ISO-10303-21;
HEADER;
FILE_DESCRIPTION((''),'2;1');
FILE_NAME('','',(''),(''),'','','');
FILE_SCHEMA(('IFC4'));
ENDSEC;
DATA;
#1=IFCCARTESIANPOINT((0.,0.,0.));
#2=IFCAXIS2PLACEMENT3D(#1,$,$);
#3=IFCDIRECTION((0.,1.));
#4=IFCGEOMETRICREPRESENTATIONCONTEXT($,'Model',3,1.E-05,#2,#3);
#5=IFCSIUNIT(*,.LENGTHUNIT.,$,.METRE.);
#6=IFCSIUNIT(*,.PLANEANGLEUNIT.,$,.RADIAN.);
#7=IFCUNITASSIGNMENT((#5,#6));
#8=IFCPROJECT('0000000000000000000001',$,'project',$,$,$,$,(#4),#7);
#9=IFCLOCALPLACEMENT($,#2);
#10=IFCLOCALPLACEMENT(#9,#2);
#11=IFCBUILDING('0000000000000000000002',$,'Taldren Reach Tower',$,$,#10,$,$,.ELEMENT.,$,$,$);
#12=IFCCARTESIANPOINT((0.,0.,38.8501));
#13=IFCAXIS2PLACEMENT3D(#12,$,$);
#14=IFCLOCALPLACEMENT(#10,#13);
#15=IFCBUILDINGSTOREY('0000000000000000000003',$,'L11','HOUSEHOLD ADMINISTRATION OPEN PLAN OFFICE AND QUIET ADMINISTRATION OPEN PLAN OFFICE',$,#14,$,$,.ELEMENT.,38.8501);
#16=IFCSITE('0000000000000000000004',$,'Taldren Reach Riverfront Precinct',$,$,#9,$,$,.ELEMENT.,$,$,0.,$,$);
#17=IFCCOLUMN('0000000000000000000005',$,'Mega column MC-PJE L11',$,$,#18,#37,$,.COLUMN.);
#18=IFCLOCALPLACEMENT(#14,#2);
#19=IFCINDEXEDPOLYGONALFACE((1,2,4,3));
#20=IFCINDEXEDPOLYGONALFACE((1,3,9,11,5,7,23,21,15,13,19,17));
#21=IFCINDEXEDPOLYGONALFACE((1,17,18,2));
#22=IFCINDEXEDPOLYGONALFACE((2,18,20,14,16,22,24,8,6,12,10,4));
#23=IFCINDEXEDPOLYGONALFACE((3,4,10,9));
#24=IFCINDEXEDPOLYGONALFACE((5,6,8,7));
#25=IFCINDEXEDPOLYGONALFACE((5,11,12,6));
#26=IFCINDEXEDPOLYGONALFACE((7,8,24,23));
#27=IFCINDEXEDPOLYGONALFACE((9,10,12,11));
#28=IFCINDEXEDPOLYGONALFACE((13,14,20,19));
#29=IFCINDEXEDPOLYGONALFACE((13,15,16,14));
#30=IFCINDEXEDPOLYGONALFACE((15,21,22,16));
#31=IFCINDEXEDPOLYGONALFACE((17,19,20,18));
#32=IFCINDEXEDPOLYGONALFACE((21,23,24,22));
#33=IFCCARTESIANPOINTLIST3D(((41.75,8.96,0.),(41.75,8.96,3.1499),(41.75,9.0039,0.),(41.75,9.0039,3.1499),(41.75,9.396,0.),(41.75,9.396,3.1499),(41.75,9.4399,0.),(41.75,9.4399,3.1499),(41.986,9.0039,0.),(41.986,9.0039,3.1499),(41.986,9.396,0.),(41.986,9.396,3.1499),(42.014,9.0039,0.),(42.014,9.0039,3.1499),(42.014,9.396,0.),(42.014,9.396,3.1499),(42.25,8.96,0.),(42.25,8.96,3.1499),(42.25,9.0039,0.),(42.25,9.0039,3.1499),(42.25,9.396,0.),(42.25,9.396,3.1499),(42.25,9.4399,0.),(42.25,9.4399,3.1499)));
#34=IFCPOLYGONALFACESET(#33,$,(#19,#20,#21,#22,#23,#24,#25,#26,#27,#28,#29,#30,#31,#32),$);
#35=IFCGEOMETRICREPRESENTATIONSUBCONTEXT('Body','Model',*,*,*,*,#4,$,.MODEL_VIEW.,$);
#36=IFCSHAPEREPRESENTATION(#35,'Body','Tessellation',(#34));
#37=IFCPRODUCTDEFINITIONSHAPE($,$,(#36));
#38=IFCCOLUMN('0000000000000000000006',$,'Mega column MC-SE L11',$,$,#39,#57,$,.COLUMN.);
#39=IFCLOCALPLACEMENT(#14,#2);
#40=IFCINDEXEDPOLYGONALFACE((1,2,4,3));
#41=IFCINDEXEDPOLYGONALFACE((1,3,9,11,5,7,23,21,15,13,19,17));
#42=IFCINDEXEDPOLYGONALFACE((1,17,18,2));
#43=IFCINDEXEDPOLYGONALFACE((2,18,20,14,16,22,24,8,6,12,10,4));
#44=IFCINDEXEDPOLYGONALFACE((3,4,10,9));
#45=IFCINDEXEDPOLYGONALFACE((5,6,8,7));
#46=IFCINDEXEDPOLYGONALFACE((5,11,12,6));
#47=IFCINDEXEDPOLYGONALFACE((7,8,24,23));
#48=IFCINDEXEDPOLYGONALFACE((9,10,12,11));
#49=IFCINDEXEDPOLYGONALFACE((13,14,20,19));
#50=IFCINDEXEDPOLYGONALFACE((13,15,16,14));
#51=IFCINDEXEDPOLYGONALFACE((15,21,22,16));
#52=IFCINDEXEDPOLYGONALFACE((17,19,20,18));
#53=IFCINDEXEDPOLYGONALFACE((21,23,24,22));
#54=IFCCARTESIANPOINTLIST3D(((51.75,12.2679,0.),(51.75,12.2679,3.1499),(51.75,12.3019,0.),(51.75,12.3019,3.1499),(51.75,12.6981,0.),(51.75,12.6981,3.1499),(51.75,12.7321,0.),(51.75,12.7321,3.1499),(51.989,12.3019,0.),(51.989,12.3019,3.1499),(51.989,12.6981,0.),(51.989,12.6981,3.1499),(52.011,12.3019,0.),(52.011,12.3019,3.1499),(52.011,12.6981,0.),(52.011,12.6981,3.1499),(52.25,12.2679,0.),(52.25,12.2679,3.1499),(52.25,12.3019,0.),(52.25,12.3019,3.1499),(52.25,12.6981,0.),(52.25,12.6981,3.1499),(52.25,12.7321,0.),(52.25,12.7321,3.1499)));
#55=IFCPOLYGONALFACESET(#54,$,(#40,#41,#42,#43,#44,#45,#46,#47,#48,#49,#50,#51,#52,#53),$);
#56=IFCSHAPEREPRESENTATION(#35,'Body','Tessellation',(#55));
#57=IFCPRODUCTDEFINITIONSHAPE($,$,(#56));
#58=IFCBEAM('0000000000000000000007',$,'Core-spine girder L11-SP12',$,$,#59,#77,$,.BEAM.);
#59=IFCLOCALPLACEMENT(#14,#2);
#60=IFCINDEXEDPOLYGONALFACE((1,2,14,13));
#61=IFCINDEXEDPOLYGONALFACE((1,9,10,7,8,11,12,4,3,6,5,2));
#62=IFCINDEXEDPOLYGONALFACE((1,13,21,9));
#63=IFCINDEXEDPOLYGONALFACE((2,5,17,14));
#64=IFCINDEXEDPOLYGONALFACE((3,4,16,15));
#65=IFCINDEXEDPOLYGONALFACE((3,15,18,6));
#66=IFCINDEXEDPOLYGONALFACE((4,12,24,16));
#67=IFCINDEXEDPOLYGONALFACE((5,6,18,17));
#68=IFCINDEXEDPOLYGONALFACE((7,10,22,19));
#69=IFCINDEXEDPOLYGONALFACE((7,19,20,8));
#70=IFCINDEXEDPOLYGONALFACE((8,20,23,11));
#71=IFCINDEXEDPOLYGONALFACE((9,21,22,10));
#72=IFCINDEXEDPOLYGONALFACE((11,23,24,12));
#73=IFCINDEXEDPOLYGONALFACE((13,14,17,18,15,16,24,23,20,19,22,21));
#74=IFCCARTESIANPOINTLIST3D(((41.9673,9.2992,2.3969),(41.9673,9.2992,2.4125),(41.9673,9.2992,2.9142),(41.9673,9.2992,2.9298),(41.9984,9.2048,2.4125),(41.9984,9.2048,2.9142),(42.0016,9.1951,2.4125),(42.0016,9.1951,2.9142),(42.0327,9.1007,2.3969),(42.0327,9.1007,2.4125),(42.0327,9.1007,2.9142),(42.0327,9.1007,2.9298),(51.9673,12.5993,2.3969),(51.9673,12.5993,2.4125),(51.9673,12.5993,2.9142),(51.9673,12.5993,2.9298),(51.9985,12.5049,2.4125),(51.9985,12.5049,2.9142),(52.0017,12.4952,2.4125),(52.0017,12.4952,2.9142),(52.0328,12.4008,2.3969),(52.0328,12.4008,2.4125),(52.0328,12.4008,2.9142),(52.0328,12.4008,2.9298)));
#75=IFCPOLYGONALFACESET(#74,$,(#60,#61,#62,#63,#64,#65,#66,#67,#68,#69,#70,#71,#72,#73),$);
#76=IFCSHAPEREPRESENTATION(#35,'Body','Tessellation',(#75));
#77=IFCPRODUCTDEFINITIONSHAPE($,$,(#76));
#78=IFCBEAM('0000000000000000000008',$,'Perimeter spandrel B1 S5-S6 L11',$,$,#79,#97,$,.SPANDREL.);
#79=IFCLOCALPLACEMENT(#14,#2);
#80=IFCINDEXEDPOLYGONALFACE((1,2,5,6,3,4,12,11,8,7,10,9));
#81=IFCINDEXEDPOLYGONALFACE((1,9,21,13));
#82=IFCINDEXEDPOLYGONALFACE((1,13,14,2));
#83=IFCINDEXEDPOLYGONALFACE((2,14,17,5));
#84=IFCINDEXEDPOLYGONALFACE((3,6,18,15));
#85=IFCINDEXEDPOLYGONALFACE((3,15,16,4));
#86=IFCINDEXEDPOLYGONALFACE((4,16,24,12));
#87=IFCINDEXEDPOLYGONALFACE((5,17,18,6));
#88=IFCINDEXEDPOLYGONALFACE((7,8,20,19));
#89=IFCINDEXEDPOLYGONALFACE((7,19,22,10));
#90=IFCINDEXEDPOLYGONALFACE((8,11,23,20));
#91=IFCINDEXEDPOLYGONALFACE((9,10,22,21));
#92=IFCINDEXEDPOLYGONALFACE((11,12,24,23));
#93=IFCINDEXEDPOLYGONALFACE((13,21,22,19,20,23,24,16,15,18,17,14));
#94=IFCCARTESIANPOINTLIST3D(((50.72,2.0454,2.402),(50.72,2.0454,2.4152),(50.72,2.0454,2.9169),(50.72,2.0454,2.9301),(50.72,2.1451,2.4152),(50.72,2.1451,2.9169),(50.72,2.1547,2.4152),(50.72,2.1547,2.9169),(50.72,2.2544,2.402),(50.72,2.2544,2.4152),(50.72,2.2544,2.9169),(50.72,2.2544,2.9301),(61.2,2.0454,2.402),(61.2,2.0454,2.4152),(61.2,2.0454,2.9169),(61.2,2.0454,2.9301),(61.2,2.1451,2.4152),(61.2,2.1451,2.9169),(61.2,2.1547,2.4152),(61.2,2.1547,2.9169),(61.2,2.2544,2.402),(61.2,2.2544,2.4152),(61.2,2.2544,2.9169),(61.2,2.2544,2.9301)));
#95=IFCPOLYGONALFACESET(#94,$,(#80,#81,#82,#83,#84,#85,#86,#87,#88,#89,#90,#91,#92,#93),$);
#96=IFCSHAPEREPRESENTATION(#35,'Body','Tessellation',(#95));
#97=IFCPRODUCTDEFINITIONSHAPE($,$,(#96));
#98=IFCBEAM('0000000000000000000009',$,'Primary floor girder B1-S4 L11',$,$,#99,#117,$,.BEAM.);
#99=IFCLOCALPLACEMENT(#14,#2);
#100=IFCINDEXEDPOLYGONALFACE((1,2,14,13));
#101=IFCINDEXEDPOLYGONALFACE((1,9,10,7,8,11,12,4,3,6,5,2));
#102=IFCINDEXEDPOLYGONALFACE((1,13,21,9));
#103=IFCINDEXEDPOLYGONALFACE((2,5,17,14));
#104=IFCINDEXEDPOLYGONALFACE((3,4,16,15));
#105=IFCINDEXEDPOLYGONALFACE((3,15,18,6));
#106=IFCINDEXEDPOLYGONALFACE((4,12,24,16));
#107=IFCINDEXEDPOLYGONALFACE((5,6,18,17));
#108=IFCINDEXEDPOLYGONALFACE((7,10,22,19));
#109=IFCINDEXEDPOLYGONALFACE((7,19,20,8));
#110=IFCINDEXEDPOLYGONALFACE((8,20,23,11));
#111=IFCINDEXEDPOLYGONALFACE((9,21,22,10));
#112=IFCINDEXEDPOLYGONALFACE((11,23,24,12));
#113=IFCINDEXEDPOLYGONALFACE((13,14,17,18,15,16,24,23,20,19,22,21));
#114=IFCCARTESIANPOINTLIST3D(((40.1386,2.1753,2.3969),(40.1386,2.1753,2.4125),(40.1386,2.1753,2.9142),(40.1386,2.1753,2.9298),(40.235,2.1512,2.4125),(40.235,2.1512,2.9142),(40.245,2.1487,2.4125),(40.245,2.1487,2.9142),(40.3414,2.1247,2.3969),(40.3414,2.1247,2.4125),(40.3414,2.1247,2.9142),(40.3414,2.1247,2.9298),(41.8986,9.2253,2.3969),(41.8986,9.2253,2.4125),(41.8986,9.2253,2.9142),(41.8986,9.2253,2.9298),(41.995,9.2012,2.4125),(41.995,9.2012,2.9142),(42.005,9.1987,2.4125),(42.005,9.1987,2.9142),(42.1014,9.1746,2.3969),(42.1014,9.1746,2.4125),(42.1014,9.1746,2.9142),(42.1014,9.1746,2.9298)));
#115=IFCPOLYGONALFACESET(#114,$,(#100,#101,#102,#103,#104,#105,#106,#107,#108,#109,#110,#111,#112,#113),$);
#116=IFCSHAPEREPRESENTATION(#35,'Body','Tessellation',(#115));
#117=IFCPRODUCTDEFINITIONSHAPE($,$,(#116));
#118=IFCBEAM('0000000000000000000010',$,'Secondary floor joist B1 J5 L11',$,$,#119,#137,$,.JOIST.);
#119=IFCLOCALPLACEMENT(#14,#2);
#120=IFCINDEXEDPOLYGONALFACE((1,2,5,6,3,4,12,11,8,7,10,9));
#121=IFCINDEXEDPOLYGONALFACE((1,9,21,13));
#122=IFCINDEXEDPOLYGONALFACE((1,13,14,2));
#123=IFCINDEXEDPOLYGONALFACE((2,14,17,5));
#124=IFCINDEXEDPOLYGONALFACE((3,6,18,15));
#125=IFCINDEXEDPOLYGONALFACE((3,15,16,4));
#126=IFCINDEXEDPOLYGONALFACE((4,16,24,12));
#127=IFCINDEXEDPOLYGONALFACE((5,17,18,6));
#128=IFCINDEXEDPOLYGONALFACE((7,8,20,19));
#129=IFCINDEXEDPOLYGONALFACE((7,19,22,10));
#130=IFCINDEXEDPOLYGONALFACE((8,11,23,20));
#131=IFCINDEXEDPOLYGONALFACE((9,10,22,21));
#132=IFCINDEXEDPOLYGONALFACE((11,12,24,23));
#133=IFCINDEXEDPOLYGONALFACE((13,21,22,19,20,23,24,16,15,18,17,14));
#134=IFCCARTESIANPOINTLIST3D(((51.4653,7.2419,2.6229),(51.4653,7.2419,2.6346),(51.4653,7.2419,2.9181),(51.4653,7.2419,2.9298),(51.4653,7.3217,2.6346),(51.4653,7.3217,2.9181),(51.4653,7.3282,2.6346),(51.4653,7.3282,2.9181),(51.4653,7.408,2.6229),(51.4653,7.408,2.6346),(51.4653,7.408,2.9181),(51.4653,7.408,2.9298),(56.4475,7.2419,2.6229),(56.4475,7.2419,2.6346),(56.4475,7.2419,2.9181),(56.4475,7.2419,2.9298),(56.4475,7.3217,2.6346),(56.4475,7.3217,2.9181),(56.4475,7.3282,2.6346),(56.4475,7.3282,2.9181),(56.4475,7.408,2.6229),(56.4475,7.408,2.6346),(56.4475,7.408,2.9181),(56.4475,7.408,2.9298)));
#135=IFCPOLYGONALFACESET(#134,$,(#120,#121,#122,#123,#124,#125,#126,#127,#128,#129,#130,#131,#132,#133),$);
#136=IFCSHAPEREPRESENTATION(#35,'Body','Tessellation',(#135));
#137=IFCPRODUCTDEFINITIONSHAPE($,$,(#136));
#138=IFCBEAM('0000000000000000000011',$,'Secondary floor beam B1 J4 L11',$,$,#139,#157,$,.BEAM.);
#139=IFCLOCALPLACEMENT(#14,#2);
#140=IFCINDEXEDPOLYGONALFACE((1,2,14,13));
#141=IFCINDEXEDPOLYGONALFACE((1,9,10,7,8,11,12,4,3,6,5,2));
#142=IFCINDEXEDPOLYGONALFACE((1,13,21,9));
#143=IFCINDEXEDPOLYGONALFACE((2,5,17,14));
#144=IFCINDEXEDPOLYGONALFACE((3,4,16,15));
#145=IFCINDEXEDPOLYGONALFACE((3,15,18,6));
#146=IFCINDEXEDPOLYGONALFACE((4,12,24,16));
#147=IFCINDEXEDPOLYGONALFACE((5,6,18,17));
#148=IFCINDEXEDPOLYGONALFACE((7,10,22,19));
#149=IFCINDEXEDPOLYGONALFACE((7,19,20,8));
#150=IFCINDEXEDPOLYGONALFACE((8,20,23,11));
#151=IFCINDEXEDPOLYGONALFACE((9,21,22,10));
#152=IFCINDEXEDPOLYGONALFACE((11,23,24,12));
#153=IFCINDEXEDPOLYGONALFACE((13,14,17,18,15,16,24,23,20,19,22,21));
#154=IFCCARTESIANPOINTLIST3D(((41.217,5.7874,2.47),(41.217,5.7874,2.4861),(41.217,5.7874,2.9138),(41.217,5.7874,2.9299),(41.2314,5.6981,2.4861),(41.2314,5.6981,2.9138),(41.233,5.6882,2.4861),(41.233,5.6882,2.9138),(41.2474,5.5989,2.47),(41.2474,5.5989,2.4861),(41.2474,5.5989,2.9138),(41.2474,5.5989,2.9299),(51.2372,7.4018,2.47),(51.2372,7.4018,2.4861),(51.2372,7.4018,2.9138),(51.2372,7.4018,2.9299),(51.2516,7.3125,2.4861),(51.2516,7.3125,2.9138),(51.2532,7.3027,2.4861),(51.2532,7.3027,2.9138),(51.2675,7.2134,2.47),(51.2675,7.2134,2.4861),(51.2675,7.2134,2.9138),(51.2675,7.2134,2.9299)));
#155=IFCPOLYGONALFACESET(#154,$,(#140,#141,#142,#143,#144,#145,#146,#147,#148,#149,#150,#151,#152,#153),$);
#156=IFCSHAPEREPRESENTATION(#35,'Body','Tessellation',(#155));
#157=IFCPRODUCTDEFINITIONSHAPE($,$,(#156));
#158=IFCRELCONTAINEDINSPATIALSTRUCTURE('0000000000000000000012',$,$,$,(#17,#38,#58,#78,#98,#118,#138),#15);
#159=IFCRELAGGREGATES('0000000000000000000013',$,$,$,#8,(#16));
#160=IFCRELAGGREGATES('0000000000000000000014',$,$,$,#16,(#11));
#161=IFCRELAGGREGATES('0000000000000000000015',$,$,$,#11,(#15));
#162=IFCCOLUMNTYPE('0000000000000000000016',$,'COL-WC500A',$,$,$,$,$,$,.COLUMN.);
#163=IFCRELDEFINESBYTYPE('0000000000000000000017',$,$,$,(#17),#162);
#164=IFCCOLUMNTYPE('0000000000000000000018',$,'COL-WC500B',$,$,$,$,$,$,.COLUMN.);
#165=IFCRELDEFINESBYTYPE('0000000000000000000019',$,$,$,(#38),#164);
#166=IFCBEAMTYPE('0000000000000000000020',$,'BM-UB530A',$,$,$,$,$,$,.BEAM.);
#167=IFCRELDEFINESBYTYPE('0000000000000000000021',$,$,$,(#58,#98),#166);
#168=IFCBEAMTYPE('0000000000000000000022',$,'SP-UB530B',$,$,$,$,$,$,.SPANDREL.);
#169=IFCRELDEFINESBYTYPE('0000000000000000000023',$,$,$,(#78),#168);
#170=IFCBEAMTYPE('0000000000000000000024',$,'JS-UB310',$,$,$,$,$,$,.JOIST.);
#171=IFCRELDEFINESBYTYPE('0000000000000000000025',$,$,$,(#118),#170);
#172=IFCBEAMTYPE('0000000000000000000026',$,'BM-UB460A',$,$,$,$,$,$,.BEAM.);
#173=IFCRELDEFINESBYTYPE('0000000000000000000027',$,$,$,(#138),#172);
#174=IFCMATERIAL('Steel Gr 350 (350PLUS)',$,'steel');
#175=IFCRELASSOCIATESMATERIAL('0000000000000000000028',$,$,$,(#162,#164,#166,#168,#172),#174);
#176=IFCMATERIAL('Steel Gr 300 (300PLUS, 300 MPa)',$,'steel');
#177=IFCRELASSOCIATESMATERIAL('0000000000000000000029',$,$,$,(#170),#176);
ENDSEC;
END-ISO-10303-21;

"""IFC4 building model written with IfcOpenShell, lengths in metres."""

from ifc_helpers import new_model, si_unit, direction, frame, origin, origin_2d, place, context, subcontext, project, spatial, i_section, extrude, source, transform, mapped, material, material_profile, profile_set, type_object, element, save


model = new_model("IFC4")

# Units and contexts
model_context = context("Model", 3, precision=1e-05, world=origin(), true_north=direction((0.0, 1.0)))
body_context = subcontext(model_context, "Body", "Model", "MODEL_VIEW")
ifc_project = project(units=[si_unit("LENGTHUNIT", "METRE"), si_unit("PLANEANGLEUNIT", "RADIAN")], contexts=[model_context])

# Site, building, storey
site_placement = place(None, origin())
site = spatial("IfcSite", under=ifc_project, at=site_placement, Name="Taldren Reach Riverfront Precinct", CompositionType="ELEMENT", RefElevation=0.0)
building_placement = place(site_placement, origin())
building = spatial("IfcBuilding", under=site, at=building_placement, Name="Taldren Reach Tower", CompositionType="ELEMENT")
storey_placement = place(building_placement, frame((0.0, 0.0, 38.8501)))
storey = spatial("IfcBuildingStorey", under=building, at=storey_placement, Name="L11", Description="HOUSEHOLD ADMINISTRATION OPEN PLAN OFFICE AND QUIET ADMINISTRATION OPEN PLAN OFFICE", CompositionType="ELEMENT", Elevation=38.8501)

# Columns
ifc_material_1 = material(Name="Steel Gr 350 (350PLUS)", Category="steel")
ifc_material_profile_1 = material_profile(ifc_material_1, i_section(OverallWidth=0.5, OverallDepth=0.48, WebThickness=0.0281, FlangeThickness=0.0439, at=origin_2d()), Name="500WC440")
ifc_profile_set_1 = profile_set([ifc_material_profile_1], Name="Steel Gr 350 (350PLUS)")
column_type_1 = type_object("IfcColumnType", Name="COL-WC500A", PredefinedType="COLUMN", material=ifc_profile_set_1)
shared_shape_1 = source(origin(), body_context, "Body", "SweptSolid", [
    extrude(i_section(OverallWidth=0.5, OverallDepth=0.48, WebThickness=0.0281, FlangeThickness=0.0439, at=origin_2d()), origin(), (0.0, 0.0, 1.0), 3.1499),
])
column_1_placement = place(storey_placement, frame((42.0, 9.2, 0.0), z_axis=(0.0, 0.0, 1.0), x_axis=(1.0, 0.0, 0.0)))
element("IfcColumn", 1, at=column_1_placement, inside=storey, type_object=column_type_1, Name="Mega column MC-PJE L11", PredefinedType="COLUMN", context=body_context, shape_type="MappedRepresentation", body=[
    mapped(shared_shape_1, transform((0.0, 0.0, 0.0), scale=1.0)),
])
ifc_material_profile_2 = material_profile(ifc_material_1, i_section(OverallWidth=0.5, OverallDepth=0.4641, WebThickness=0.022, FlangeThickness=0.0339, at=origin_2d()), Name="500WC340")
ifc_profile_set_2 = profile_set([ifc_material_profile_2], Name="Steel Gr 350 (350PLUS)")
column_type_2 = type_object("IfcColumnType", Name="COL-WC500B", PredefinedType="COLUMN", material=ifc_profile_set_2)
shared_shape_2 = source(origin(), body_context, "Body", "SweptSolid", [
    extrude(i_section(OverallWidth=0.5, OverallDepth=0.4641, WebThickness=0.022, FlangeThickness=0.0339, at=origin_2d()), origin(), (0.0, 0.0, 1.0), 3.1499),
])
column_2_placement = place(storey_placement, frame((52.0, 12.5, 0.0), z_axis=(0.0, 0.0, 1.0), x_axis=(1.0, 0.0, 0.0)))
element("IfcColumn", 2, at=column_2_placement, inside=storey, type_object=column_type_2, Name="Mega column MC-SE L11", PredefinedType="COLUMN", context=body_context, shape_type="MappedRepresentation", body=[
    mapped(shared_shape_2, transform((0.0, 0.0, 0.0), scale=1.0)),
])

# Beams
ifc_material_profile_3 = material_profile(ifc_material_1, i_section(OverallWidth=0.209, OverallDepth=0.533, WebThickness=0.0103, FlangeThickness=0.0156, at=origin_2d()), Name="530UB92.4")
ifc_profile_set_3 = profile_set([ifc_material_profile_3], Name="Steel Gr 350 (350PLUS)")
beam_type_1 = type_object("IfcBeamType", Name="BM-UB530A", PredefinedType="BEAM", material=ifc_profile_set_3)
shared_shape_3 = source(origin(), body_context, "Body", "SweptSolid", [
    extrude(i_section(OverallWidth=0.209, OverallDepth=0.533, WebThickness=0.0103, FlangeThickness=0.0156, at=origin_2d()), origin(), (0.0, 0.0, 1.0), 10.5305),
])
beam_1_placement = place(storey_placement, frame((42.0, 9.2, 2.6633), z_axis=(0.949627, 0.313382, 0.0), x_axis=(-0.313382, 0.949627, 0.0)))
element("IfcBeam", 3, at=beam_1_placement, inside=storey, type_object=beam_type_1, Name="Core-spine girder L11-SP12", PredefinedType="BEAM", context=body_context, shape_type="MappedRepresentation", body=[
    mapped(shared_shape_3, transform((0.0, 0.0, 0.0), scale=1.0)),
])
ifc_material_profile_4 = material_profile(ifc_material_1, i_section(OverallWidth=0.209, OverallDepth=0.5281, WebThickness=0.0095, FlangeThickness=0.0132, at=origin_2d()), Name="530UB82.0")
ifc_profile_set_4 = profile_set([ifc_material_profile_4], Name="Steel Gr 350 (350PLUS)")
beam_type_2 = type_object("IfcBeamType", Name="SP-UB530B", PredefinedType="SPANDREL", material=ifc_profile_set_4)
shared_shape_4 = source(origin(), body_context, "Body", "SweptSolid", [
    extrude(i_section(OverallWidth=0.209, OverallDepth=0.5281, WebThickness=0.0095, FlangeThickness=0.0132, at=origin_2d()), origin(), (0.0, 0.0, 1.0), 10.48),
])
beam_2_placement = place(storey_placement, frame((50.72, 2.1499, 2.666), z_axis=(1.0, 0.0, 0.0), x_axis=(0.0, 1.0, 0.0)))
element("IfcBeam", 4, at=beam_2_placement, inside=storey, type_object=beam_type_2, Name="Perimeter spandrel B1 S5-S6 L11", PredefinedType="SPANDREL", context=body_context, shape_type="MappedRepresentation", body=[
    mapped(shared_shape_4, transform((0.0, 0.0, 0.0), scale=1.0)),
])
shared_shape_5 = source(origin(), body_context, "Body", "SweptSolid", [
    extrude(i_section(OverallWidth=0.209, OverallDepth=0.533, WebThickness=0.0103, FlangeThickness=0.0156, at=origin_2d()), origin(), (0.0, 0.0, 1.0), 7.2664),
])
beam_3_placement = place(storey_placement, frame((42.0, 9.2, 2.6633), z_axis=(-0.242211, -0.970223, 0.0), x_axis=(0.970223, -0.242211, 0.0)))
element("IfcBeam", 5, at=beam_3_placement, inside=storey, type_object=beam_type_1, Name="Primary floor girder B1-S4 L11", PredefinedType="BEAM", context=body_context, shape_type="MappedRepresentation", body=[
    mapped(shared_shape_5, transform((0.0, 0.0, 0.0), scale=1.0)),
])
ifc_material_2 = material(Name="Steel Gr 300 (300PLUS, 300 MPa)", Category="steel")
ifc_material_profile_5 = material_profile(ifc_material_2, i_section(OverallWidth=0.166, OverallDepth=0.3069, WebThickness=0.0066, FlangeThickness=0.0117, at=origin_2d()), Name="310UB46.2")
ifc_profile_set_5 = profile_set([ifc_material_profile_5], Name="Steel Gr 300 (300PLUS, 300 MPa)")
beam_type_3 = type_object("IfcBeamType", Name="JS-UB310", PredefinedType="JOIST", material=ifc_profile_set_5)
shared_shape_6 = source(origin(), body_context, "Body", "SweptSolid", [
    extrude(i_section(OverallWidth=0.166, OverallDepth=0.3069, WebThickness=0.0066, FlangeThickness=0.0117, at=origin_2d()), origin(), (0.0, 0.0, 1.0), 4.9822),
])
beam_4_placement = place(storey_placement, frame((51.4653, 7.325, 2.7764), z_axis=(1.0, 0.0, 0.0), x_axis=(0.0, 1.0, 0.0)))
element("IfcBeam", 6, at=beam_4_placement, inside=storey, type_object=beam_type_3, Name="Secondary floor joist B1 J5 L11", PredefinedType="JOIST", context=body_context, shape_type="MappedRepresentation", body=[
    mapped(shared_shape_6, transform((0.0, 0.0, 0.0), scale=1.0)),
])
ifc_material_profile_6 = material_profile(ifc_material_1, i_section(OverallWidth=0.1909, OverallDepth=0.46, WebThickness=0.01, FlangeThickness=0.0161, at=origin_2d()), Name="460UB82.1")
ifc_profile_set_6 = profile_set([ifc_material_profile_6], Name="Steel Gr 350 (350PLUS)")
beam_type_4 = type_object("IfcBeamType", Name="BM-UB460A", PredefinedType="BEAM", material=ifc_profile_set_6)
shared_shape_7 = source(origin(), body_context, "Body", "SweptSolid", [
    extrude(i_section(OverallWidth=0.1909, OverallDepth=0.46, WebThickness=0.01, FlangeThickness=0.0161, at=origin_2d()), origin(), (0.0, 0.0, 1.0), 10.1494),
])
beam_5_placement = place(storey_placement, frame((41.2322, 5.6931, 2.7), z_axis=(0.987267, 0.159072, 0.0), x_axis=(-0.159072, 0.987267, 0.0)))
element("IfcBeam", 7, at=beam_5_placement, inside=storey, type_object=beam_type_4, Name="Secondary floor beam B1 J4 L11", PredefinedType="BEAM", context=body_context, shape_type="MappedRepresentation", body=[
    mapped(shared_shape_7, transform((0.0, 0.0, 0.0), scale=1.0)),
])

save(model, "model.ifc")
